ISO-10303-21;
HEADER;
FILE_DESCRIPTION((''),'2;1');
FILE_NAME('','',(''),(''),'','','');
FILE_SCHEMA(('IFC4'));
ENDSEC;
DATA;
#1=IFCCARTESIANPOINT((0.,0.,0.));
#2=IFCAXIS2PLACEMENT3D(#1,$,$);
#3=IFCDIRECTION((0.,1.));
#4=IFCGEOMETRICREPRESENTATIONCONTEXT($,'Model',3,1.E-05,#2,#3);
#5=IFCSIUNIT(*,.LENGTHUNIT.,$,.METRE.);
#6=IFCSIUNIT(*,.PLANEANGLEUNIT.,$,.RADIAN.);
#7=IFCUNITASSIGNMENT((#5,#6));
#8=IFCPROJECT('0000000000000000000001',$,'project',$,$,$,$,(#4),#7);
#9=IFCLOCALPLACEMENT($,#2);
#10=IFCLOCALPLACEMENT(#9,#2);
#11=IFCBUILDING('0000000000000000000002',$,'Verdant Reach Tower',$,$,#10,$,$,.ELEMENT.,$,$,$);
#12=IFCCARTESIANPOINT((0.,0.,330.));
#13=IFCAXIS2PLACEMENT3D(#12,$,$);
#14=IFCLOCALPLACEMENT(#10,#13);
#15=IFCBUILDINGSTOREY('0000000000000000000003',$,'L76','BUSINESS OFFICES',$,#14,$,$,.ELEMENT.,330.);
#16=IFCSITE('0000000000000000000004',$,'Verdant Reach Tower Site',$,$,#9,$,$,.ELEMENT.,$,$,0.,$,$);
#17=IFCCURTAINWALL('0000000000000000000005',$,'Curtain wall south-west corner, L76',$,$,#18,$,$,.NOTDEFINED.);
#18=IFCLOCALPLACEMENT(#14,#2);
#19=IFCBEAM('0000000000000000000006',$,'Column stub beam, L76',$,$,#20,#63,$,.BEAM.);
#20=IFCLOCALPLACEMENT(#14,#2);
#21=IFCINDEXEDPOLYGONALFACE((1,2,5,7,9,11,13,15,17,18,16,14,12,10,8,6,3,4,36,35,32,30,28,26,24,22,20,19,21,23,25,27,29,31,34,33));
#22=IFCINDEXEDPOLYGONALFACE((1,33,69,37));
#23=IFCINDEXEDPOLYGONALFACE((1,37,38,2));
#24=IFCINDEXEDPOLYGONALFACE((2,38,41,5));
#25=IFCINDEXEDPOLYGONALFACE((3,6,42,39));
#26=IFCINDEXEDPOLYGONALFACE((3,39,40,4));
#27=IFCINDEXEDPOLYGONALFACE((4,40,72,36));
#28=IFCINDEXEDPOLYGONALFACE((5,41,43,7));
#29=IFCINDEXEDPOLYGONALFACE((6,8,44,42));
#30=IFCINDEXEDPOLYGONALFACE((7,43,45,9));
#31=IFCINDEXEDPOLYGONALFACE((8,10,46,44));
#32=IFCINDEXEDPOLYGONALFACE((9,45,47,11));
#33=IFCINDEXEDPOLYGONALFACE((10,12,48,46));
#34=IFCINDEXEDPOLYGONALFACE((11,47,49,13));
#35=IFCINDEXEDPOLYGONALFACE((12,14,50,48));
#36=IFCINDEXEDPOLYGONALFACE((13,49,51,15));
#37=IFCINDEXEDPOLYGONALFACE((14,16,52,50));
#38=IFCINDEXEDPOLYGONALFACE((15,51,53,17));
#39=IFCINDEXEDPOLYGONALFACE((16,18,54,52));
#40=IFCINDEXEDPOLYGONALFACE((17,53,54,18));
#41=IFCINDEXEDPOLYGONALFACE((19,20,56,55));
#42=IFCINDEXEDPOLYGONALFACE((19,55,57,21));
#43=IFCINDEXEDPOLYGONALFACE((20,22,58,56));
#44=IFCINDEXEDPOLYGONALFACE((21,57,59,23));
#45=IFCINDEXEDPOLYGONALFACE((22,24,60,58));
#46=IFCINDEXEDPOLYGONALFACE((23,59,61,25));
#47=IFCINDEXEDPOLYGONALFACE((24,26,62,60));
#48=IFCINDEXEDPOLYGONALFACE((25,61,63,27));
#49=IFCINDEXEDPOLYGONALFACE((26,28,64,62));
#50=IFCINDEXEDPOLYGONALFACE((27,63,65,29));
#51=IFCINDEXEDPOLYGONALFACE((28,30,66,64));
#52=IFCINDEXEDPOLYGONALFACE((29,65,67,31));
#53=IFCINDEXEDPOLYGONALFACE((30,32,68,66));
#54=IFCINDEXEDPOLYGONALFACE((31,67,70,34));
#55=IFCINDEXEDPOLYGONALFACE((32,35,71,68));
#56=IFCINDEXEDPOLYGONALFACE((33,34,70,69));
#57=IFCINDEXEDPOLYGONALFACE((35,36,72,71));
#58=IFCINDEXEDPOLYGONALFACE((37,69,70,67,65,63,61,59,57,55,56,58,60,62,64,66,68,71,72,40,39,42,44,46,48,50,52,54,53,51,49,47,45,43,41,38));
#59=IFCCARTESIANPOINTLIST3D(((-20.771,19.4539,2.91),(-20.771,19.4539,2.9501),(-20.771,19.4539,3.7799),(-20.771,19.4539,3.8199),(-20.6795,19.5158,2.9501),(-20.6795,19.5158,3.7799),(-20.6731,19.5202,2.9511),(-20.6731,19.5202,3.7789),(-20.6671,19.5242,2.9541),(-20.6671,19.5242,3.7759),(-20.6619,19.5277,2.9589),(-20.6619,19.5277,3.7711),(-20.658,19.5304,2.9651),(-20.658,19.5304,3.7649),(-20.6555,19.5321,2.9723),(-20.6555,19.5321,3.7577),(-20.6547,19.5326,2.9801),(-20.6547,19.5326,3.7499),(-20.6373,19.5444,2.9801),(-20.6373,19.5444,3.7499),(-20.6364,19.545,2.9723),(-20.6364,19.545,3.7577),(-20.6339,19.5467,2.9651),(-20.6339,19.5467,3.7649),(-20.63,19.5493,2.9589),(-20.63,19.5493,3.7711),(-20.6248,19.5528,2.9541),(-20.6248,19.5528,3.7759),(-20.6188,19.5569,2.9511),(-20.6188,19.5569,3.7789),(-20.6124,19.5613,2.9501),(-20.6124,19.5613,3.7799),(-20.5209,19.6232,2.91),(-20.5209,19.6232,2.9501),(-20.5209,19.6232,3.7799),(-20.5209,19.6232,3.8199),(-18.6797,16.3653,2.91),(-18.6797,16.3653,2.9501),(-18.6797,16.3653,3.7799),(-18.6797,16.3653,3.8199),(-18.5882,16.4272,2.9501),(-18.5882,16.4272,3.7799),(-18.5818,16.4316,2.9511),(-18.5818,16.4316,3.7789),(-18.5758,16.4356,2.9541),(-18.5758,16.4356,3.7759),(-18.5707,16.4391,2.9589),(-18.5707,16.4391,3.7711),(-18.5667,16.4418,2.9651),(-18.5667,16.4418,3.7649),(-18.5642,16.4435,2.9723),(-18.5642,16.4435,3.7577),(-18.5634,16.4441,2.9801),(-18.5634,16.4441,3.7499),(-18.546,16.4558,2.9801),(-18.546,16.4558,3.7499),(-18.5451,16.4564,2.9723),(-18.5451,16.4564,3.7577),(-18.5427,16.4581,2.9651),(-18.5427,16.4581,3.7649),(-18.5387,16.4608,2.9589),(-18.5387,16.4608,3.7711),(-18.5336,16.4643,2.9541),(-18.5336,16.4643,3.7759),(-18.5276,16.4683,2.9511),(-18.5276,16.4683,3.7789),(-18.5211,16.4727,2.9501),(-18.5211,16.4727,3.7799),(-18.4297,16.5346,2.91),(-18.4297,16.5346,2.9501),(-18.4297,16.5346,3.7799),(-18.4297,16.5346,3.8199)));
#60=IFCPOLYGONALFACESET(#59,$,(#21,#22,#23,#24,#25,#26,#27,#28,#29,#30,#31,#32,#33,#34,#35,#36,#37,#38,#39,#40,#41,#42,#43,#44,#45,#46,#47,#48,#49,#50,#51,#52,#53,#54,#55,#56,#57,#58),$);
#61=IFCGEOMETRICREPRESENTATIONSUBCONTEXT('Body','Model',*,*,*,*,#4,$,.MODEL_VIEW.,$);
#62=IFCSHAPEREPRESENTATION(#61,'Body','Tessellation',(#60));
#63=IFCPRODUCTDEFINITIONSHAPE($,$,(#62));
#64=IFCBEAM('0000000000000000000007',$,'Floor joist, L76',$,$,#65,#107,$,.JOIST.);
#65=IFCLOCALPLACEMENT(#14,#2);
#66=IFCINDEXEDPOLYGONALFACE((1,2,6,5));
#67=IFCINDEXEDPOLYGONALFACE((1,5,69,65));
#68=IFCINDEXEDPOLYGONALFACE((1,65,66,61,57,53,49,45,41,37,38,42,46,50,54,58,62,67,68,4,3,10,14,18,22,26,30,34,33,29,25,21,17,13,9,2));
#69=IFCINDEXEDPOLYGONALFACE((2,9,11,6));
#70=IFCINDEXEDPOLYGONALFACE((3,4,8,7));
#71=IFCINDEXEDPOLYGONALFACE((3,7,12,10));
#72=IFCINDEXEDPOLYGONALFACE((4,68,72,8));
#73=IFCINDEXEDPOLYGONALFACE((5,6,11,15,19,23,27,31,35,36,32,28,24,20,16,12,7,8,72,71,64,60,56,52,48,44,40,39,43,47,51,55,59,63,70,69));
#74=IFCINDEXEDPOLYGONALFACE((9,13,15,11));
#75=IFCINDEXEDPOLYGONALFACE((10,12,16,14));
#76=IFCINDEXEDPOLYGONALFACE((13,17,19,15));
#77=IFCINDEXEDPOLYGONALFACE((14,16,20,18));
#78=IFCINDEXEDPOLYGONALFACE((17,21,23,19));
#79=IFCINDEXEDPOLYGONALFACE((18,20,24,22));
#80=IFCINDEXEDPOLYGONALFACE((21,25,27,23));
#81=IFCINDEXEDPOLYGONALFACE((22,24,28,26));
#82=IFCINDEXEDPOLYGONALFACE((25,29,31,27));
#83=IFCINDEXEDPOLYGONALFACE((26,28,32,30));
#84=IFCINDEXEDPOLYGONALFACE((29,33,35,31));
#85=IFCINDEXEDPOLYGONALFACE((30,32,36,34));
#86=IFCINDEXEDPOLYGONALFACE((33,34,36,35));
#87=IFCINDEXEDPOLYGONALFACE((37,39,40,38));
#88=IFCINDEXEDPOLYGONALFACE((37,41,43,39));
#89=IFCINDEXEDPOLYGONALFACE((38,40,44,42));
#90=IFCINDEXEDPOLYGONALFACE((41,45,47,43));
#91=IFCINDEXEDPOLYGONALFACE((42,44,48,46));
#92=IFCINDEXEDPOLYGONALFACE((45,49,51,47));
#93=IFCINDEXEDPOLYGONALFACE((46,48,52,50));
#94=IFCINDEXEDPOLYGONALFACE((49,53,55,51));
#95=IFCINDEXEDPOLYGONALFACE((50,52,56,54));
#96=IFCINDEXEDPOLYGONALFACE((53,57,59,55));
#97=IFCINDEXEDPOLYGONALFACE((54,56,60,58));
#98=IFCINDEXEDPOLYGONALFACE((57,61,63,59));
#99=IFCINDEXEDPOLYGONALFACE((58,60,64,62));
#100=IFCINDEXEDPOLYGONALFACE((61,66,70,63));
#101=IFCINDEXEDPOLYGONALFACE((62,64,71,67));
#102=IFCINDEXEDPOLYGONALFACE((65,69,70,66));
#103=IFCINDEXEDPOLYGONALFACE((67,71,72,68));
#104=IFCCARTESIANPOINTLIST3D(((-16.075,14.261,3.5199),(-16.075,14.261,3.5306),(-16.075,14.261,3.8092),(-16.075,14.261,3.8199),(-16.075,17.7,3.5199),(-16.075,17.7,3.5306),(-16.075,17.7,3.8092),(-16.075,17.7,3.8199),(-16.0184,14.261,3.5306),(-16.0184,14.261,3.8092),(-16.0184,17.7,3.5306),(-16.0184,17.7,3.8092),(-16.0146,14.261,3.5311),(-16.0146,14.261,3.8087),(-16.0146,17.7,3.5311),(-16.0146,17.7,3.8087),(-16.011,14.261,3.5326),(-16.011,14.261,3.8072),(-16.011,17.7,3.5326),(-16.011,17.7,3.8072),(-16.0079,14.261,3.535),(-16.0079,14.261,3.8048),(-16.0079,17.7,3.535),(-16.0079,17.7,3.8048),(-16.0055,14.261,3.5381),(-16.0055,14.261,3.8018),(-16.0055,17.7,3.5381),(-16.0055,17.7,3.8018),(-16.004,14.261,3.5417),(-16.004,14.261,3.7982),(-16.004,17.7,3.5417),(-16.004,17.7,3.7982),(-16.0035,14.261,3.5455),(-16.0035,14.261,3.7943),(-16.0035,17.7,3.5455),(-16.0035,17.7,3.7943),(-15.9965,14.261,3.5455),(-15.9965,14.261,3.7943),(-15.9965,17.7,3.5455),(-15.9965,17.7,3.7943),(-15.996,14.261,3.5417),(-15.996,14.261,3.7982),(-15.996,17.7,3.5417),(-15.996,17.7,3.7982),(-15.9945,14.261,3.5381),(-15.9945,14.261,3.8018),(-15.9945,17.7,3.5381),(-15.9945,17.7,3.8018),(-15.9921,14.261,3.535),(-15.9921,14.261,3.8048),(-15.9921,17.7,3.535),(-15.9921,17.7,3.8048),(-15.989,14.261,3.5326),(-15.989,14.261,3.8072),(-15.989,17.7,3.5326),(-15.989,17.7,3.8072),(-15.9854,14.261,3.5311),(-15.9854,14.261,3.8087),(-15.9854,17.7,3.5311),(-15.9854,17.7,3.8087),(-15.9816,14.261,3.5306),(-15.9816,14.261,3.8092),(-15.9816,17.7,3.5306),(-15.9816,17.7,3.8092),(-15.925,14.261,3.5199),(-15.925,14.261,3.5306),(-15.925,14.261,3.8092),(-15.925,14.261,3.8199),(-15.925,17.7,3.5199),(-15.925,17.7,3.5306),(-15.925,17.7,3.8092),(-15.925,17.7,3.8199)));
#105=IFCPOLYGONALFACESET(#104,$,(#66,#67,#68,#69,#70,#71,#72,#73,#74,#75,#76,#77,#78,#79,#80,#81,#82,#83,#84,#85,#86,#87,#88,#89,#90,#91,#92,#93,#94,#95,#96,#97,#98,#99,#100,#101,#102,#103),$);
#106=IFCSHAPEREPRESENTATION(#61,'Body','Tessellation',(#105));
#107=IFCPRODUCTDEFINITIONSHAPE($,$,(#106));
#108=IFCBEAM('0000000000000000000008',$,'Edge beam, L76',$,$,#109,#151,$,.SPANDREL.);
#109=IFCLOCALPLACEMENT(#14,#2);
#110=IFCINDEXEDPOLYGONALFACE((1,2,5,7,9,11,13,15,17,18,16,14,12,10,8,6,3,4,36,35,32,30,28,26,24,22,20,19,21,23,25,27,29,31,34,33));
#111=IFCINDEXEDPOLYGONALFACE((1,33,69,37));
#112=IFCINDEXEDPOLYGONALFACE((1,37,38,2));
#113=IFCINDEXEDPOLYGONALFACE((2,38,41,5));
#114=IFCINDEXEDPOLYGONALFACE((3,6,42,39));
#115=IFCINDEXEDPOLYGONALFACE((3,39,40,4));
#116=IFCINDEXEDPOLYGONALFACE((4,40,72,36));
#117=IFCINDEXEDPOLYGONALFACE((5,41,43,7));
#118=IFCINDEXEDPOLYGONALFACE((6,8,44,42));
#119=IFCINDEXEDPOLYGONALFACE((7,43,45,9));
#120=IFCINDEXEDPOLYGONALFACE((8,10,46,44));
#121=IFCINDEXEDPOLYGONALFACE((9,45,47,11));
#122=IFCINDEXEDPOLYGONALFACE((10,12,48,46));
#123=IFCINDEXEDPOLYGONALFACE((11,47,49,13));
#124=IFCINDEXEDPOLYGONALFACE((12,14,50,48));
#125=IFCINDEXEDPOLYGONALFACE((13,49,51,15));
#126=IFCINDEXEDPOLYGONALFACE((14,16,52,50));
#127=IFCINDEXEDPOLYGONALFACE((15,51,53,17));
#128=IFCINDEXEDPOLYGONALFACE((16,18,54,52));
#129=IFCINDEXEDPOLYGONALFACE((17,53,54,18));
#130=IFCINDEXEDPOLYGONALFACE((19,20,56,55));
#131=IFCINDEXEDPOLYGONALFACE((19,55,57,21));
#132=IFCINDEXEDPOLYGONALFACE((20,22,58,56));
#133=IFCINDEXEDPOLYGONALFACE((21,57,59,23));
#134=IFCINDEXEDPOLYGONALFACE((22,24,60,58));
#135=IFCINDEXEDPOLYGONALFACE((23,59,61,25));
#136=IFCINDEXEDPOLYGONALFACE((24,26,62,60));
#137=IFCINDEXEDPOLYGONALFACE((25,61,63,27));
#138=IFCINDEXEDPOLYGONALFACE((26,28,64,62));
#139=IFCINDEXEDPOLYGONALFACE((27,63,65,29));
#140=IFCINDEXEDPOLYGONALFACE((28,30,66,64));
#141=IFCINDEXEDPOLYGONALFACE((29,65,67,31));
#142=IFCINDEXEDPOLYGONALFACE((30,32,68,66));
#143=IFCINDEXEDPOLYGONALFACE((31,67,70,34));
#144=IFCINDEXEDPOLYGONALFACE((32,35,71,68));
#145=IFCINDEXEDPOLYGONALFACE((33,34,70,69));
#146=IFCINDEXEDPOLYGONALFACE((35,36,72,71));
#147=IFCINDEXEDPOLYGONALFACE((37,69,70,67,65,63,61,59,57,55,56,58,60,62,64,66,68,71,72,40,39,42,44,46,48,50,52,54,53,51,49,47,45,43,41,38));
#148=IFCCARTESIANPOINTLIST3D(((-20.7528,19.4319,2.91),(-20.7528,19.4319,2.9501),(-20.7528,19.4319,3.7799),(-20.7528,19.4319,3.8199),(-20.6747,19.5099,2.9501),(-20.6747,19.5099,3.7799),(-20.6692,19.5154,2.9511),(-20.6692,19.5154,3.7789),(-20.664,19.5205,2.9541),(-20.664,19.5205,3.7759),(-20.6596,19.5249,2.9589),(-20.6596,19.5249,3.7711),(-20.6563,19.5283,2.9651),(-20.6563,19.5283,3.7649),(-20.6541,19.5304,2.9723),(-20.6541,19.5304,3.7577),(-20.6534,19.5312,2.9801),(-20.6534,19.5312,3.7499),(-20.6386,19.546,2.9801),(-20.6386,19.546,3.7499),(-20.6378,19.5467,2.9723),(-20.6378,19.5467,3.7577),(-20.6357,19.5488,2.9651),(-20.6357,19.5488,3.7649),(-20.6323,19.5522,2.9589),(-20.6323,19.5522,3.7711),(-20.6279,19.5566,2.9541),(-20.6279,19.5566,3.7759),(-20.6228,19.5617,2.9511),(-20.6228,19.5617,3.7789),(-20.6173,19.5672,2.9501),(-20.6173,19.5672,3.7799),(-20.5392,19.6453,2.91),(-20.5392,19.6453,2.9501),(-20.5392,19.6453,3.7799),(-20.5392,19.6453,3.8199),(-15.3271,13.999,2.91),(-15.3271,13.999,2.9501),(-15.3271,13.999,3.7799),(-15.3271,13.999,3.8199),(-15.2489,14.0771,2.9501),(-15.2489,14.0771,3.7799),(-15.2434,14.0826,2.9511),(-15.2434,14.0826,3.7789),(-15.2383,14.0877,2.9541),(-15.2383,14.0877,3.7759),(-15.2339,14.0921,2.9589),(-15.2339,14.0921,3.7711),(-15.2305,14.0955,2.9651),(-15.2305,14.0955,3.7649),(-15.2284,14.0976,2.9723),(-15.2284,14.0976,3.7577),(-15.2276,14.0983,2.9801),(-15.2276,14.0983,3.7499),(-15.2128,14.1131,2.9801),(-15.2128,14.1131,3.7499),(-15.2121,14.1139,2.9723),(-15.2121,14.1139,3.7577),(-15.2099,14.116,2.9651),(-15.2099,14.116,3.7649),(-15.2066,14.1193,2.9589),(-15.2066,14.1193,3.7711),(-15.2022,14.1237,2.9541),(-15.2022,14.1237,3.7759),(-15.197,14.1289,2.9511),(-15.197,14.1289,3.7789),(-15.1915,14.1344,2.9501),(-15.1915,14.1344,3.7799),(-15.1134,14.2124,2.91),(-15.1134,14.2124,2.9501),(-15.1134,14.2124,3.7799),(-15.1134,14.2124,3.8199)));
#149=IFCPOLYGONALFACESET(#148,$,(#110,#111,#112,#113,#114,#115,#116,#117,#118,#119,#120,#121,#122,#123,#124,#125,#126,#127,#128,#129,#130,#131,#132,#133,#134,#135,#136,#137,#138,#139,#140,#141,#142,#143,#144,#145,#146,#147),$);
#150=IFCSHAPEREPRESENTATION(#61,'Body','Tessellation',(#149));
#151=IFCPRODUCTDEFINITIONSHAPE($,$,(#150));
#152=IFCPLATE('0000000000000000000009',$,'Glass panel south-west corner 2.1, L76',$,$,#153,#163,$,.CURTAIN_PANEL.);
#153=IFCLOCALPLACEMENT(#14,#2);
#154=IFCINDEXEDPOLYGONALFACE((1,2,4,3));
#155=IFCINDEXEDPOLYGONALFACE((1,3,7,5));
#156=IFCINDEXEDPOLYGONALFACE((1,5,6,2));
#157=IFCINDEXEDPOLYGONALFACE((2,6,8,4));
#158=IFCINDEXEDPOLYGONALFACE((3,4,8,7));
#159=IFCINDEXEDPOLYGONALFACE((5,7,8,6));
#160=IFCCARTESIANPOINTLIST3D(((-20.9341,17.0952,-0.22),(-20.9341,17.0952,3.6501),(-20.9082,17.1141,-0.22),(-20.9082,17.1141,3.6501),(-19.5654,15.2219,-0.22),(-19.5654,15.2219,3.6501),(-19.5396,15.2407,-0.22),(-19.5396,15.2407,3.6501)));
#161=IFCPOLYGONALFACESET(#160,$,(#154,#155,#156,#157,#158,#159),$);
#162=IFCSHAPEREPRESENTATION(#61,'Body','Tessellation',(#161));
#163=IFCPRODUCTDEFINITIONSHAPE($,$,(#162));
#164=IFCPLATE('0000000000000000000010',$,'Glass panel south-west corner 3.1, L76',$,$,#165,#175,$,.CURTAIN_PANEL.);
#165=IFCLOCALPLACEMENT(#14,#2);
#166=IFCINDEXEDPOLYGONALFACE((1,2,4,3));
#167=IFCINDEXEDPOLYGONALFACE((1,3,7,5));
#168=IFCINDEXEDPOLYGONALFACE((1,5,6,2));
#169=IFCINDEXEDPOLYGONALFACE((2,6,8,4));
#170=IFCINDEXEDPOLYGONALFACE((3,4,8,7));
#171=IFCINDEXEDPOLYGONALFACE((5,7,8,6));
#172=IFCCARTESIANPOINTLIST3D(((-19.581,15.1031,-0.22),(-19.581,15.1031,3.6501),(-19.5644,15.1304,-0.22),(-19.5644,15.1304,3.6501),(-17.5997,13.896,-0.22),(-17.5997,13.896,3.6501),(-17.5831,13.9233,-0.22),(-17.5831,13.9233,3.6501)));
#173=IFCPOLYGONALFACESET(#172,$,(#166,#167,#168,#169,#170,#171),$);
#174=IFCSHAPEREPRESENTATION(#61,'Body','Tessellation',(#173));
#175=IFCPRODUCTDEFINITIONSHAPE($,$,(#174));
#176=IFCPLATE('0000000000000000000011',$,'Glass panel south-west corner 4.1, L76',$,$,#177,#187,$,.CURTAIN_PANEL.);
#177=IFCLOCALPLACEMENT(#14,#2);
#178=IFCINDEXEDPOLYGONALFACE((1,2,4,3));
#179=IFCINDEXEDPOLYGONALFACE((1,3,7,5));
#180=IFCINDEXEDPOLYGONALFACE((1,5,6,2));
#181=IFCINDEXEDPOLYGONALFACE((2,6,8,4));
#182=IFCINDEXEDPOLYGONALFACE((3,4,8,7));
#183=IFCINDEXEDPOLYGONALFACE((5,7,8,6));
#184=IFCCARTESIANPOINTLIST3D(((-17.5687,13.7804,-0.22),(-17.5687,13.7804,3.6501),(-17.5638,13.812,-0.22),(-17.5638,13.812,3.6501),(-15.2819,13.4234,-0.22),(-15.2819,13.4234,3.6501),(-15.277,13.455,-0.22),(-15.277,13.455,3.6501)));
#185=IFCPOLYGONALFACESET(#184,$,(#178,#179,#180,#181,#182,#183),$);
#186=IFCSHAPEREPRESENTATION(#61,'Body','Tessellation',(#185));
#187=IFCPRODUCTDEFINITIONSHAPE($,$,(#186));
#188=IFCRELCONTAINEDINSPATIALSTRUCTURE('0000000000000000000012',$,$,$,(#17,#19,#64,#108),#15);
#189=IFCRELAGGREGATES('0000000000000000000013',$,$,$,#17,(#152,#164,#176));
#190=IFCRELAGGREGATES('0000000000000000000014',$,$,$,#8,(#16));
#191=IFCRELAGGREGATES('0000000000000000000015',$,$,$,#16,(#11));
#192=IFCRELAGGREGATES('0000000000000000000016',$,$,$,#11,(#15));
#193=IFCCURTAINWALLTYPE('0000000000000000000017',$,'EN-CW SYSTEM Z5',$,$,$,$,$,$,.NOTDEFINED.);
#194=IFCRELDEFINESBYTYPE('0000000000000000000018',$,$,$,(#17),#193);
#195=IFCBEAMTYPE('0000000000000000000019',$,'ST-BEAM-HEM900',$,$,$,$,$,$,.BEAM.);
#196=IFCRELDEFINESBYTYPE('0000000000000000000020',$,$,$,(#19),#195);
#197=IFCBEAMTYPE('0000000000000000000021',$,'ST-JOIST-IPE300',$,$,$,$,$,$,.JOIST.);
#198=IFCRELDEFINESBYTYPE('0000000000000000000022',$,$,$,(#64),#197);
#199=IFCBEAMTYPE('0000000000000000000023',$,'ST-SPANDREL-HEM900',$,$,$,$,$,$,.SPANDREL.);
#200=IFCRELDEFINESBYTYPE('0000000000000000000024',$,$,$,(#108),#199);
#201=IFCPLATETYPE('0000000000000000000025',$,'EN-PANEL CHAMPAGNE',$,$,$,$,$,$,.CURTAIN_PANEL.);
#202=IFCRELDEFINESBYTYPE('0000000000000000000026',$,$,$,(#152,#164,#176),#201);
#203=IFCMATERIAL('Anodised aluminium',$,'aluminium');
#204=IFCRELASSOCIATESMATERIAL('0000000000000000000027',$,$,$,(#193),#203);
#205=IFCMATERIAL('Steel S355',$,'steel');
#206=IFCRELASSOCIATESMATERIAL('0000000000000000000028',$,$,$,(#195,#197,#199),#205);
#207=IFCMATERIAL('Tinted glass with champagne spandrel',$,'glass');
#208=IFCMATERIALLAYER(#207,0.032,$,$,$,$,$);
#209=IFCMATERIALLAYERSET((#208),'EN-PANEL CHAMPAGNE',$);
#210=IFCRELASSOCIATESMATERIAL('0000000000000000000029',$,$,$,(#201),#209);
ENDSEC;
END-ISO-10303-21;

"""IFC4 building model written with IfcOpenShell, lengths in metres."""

from ifc_helpers import new_model, si_unit, direction, frame, origin, origin_2d, place, context, subcontext, project, spatial, rectangle, i_section, extrude, material, layer, layer_set, material_profile, profile_set, type_object, element, aggregate, save


model = new_model("IFC4")

# Units and contexts
model_context = context("Model", 3, precision=1e-05, world=origin(), true_north=direction((0.0, 1.0)))
body_context = subcontext(model_context, "Body", "Model", "MODEL_VIEW")
ifc_project = project(units=[si_unit("LENGTHUNIT", "METRE"), si_unit("PLANEANGLEUNIT", "RADIAN")], contexts=[model_context])

# Site, building, storey
site_placement = place(None, origin())
site = spatial("IfcSite", under=ifc_project, at=site_placement, Name="Verdant Reach Tower Site", CompositionType="ELEMENT", RefElevation=0.0)
building_placement = place(site_placement, origin())
building = spatial("IfcBuilding", under=site, at=building_placement, Name="Verdant Reach Tower", CompositionType="ELEMENT")
storey_placement = place(building_placement, frame((0.0, 0.0, 330.0)))
storey = spatial("IfcBuildingStorey", under=building, at=storey_placement, Name="L76", Description="BUSINESS OFFICES", CompositionType="ELEMENT", Elevation=330.0)

# Curtain wall
ifc_material_1 = material(Name="Anodised aluminium", Category="aluminium")
curtain_wall_type = type_object("IfcCurtainWallType", Name="EN-CW SYSTEM Z5", PredefinedType="NOTDEFINED", material=ifc_material_1)
curtain_wall_1_placement = place(storey_placement, origin())
curtain_wall_1 = element("IfcCurtainWall", 1, at=curtain_wall_1_placement, inside=storey, type_object=curtain_wall_type, Name="Curtain wall south-west corner, L76", PredefinedType="NOTDEFINED")

# Beams
ifc_material_2 = material(Name="Steel S355", Category="steel")
ifc_material_profile_1 = material_profile(ifc_material_2, i_section(OverallWidth=0.302, OverallDepth=0.9099, WebThickness=0.021, FlangeThickness=0.04, FilletRadius=0.03, at=origin_2d()), Name="HEM 900")
ifc_profile_set_1 = profile_set([ifc_material_profile_1], Name="Steel S355")
beam_type_1 = type_object("IfcBeamType", Name="ST-BEAM-HEM900", PredefinedType="BEAM", material=ifc_profile_set_1)
beam_1_placement = place(storey_placement, frame((-18.5547, 16.45, 3.365), z_axis=(-0.560667, 0.828041, 0.0), x_axis=(-0.828041, -0.560667, 0.0)))
element("IfcBeam", 2, at=beam_1_placement, inside=storey, type_object=beam_type_1, Name="Column stub beam, L76", PredefinedType="BEAM", context=body_context, shape_type="SweptSolid", body=[
    extrude(i_section(OverallWidth=0.302, OverallDepth=0.9099, WebThickness=0.021, FlangeThickness=0.04, FilletRadius=0.03, at=origin_2d()), origin(), (0.0, 0.0, 1.0), 3.73),
])
ifc_material_profile_2 = material_profile(ifc_material_2, i_section(OverallWidth=0.1499, OverallDepth=0.3, WebThickness=0.0071, FlangeThickness=0.0107, FilletRadius=0.0149, at=origin_2d()), Name="IPE 300")
ifc_profile_set_2 = profile_set([ifc_material_profile_2], Name="Steel S355")
beam_type_2 = type_object("IfcBeamType", Name="ST-JOIST-IPE300", PredefinedType="JOIST", material=ifc_profile_set_2)
beam_2_placement = place(storey_placement, frame((-16.0, 17.7, 3.6699), z_axis=(0.0, -1.0, 0.0), x_axis=(1.0, 0.0, 0.0)))
element("IfcBeam", 3, at=beam_2_placement, inside=storey, type_object=beam_type_2, Name="Floor joist, L76", PredefinedType="JOIST", context=body_context, shape_type="SweptSolid", body=[
    extrude(i_section(OverallWidth=0.1499, OverallDepth=0.3, WebThickness=0.0071, FlangeThickness=0.0107, FilletRadius=0.0149, at=origin_2d()), origin(), (0.0, 0.0, 1.0), 3.439),
])
ifc_material_profile_3 = material_profile(ifc_material_2, i_section(OverallWidth=0.302, OverallDepth=0.9099, WebThickness=0.021, FlangeThickness=0.04, FilletRadius=0.03, at=origin_2d()), Name="HEM 900")
ifc_profile_set_3 = profile_set([ifc_material_profile_3], Name="Steel S355")
beam_type_3 = type_object("IfcBeamType", Name="ST-SPANDREL-HEM900", PredefinedType="SPANDREL", material=ifc_profile_set_3)
beam_3_placement = place(storey_placement, frame((-15.2202, 14.1057, 3.365), z_axis=(-0.706646, 0.707568, 0.0), x_axis=(-0.707568, -0.706646, 0.0)))
element("IfcBeam", 4, at=beam_3_placement, inside=storey, type_object=beam_type_3, Name="Edge beam, L76", PredefinedType="SPANDREL", context=body_context, shape_type="SweptSolid", body=[
    extrude(i_section(OverallWidth=0.302, OverallDepth=0.9099, WebThickness=0.021, FlangeThickness=0.04, FilletRadius=0.03, at=origin_2d()), origin(), (0.0, 0.0, 1.0), 7.6782),
])

# Plates
ifc_material_3 = material(Name="Tinted glass with champagne spandrel", Category="glass")
ifc_layer_1 = layer(ifc_material_3, 0.032)
ifc_layer_set_1 = layer_set([ifc_layer_1], Name="EN-PANEL CHAMPAGNE")
plate_type_1 = type_object("IfcPlateType", Name="EN-PANEL CHAMPAGNE", PredefinedType="CURTAIN_PANEL", material=ifc_layer_set_1)
plate_1_placement = place(storey_placement, frame((-20.2368, 16.168, -0.22), z_axis=(0.0, 0.0, 1.0), x_axis=(0.589927, -0.807457, 0.0)))
plate_1 = element("IfcPlate", 5, at=plate_1_placement, type_object=plate_type_1, Name="Glass panel south-west corner 2.1, L76", PredefinedType="CURTAIN_PANEL", context=body_context, shape_type="SweptSolid", body=[
    extrude(rectangle(XDim=2.3201, YDim=0.032, at=origin_2d()), origin(), (0.0, 0.0, 1.0), 3.8701),
])
plate_2_placement = place(storey_placement, frame((-18.582, 14.5132, -0.22), z_axis=(0.0, 0.0, 1.0), x_axis=(0.853989, -0.520292, 0.0)))
plate_2 = element("IfcPlate", 6, at=plate_2_placement, type_object=plate_type_1, Name="Glass panel south-west corner 3.1, L76", PredefinedType="CURTAIN_PANEL", context=body_context, shape_type="SweptSolid", body=[
    extrude(rectangle(XDim=2.3201, YDim=0.032, at=origin_2d()), origin(), (0.0, 0.0, 1.0), 3.8701),
])
plate_3_placement = place(storey_placement, frame((-16.4229, 13.6177, -0.22), z_axis=(0.0, 0.0, 1.0), x_axis=(0.988033, -0.15424, 0.0)))
plate_3 = element("IfcPlate", 7, at=plate_3_placement, type_object=plate_type_1, Name="Glass panel south-west corner 4.1, L76", PredefinedType="CURTAIN_PANEL", context=body_context, shape_type="SweptSolid", body=[
    extrude(rectangle(XDim=2.3145, YDim=0.032, at=origin_2d()), origin(), (0.0, 0.0, 1.0), 3.8701),
])
aggregate(curtain_wall_1, [plate_1, plate_2, plate_3])

save(model, "model.ifc")
